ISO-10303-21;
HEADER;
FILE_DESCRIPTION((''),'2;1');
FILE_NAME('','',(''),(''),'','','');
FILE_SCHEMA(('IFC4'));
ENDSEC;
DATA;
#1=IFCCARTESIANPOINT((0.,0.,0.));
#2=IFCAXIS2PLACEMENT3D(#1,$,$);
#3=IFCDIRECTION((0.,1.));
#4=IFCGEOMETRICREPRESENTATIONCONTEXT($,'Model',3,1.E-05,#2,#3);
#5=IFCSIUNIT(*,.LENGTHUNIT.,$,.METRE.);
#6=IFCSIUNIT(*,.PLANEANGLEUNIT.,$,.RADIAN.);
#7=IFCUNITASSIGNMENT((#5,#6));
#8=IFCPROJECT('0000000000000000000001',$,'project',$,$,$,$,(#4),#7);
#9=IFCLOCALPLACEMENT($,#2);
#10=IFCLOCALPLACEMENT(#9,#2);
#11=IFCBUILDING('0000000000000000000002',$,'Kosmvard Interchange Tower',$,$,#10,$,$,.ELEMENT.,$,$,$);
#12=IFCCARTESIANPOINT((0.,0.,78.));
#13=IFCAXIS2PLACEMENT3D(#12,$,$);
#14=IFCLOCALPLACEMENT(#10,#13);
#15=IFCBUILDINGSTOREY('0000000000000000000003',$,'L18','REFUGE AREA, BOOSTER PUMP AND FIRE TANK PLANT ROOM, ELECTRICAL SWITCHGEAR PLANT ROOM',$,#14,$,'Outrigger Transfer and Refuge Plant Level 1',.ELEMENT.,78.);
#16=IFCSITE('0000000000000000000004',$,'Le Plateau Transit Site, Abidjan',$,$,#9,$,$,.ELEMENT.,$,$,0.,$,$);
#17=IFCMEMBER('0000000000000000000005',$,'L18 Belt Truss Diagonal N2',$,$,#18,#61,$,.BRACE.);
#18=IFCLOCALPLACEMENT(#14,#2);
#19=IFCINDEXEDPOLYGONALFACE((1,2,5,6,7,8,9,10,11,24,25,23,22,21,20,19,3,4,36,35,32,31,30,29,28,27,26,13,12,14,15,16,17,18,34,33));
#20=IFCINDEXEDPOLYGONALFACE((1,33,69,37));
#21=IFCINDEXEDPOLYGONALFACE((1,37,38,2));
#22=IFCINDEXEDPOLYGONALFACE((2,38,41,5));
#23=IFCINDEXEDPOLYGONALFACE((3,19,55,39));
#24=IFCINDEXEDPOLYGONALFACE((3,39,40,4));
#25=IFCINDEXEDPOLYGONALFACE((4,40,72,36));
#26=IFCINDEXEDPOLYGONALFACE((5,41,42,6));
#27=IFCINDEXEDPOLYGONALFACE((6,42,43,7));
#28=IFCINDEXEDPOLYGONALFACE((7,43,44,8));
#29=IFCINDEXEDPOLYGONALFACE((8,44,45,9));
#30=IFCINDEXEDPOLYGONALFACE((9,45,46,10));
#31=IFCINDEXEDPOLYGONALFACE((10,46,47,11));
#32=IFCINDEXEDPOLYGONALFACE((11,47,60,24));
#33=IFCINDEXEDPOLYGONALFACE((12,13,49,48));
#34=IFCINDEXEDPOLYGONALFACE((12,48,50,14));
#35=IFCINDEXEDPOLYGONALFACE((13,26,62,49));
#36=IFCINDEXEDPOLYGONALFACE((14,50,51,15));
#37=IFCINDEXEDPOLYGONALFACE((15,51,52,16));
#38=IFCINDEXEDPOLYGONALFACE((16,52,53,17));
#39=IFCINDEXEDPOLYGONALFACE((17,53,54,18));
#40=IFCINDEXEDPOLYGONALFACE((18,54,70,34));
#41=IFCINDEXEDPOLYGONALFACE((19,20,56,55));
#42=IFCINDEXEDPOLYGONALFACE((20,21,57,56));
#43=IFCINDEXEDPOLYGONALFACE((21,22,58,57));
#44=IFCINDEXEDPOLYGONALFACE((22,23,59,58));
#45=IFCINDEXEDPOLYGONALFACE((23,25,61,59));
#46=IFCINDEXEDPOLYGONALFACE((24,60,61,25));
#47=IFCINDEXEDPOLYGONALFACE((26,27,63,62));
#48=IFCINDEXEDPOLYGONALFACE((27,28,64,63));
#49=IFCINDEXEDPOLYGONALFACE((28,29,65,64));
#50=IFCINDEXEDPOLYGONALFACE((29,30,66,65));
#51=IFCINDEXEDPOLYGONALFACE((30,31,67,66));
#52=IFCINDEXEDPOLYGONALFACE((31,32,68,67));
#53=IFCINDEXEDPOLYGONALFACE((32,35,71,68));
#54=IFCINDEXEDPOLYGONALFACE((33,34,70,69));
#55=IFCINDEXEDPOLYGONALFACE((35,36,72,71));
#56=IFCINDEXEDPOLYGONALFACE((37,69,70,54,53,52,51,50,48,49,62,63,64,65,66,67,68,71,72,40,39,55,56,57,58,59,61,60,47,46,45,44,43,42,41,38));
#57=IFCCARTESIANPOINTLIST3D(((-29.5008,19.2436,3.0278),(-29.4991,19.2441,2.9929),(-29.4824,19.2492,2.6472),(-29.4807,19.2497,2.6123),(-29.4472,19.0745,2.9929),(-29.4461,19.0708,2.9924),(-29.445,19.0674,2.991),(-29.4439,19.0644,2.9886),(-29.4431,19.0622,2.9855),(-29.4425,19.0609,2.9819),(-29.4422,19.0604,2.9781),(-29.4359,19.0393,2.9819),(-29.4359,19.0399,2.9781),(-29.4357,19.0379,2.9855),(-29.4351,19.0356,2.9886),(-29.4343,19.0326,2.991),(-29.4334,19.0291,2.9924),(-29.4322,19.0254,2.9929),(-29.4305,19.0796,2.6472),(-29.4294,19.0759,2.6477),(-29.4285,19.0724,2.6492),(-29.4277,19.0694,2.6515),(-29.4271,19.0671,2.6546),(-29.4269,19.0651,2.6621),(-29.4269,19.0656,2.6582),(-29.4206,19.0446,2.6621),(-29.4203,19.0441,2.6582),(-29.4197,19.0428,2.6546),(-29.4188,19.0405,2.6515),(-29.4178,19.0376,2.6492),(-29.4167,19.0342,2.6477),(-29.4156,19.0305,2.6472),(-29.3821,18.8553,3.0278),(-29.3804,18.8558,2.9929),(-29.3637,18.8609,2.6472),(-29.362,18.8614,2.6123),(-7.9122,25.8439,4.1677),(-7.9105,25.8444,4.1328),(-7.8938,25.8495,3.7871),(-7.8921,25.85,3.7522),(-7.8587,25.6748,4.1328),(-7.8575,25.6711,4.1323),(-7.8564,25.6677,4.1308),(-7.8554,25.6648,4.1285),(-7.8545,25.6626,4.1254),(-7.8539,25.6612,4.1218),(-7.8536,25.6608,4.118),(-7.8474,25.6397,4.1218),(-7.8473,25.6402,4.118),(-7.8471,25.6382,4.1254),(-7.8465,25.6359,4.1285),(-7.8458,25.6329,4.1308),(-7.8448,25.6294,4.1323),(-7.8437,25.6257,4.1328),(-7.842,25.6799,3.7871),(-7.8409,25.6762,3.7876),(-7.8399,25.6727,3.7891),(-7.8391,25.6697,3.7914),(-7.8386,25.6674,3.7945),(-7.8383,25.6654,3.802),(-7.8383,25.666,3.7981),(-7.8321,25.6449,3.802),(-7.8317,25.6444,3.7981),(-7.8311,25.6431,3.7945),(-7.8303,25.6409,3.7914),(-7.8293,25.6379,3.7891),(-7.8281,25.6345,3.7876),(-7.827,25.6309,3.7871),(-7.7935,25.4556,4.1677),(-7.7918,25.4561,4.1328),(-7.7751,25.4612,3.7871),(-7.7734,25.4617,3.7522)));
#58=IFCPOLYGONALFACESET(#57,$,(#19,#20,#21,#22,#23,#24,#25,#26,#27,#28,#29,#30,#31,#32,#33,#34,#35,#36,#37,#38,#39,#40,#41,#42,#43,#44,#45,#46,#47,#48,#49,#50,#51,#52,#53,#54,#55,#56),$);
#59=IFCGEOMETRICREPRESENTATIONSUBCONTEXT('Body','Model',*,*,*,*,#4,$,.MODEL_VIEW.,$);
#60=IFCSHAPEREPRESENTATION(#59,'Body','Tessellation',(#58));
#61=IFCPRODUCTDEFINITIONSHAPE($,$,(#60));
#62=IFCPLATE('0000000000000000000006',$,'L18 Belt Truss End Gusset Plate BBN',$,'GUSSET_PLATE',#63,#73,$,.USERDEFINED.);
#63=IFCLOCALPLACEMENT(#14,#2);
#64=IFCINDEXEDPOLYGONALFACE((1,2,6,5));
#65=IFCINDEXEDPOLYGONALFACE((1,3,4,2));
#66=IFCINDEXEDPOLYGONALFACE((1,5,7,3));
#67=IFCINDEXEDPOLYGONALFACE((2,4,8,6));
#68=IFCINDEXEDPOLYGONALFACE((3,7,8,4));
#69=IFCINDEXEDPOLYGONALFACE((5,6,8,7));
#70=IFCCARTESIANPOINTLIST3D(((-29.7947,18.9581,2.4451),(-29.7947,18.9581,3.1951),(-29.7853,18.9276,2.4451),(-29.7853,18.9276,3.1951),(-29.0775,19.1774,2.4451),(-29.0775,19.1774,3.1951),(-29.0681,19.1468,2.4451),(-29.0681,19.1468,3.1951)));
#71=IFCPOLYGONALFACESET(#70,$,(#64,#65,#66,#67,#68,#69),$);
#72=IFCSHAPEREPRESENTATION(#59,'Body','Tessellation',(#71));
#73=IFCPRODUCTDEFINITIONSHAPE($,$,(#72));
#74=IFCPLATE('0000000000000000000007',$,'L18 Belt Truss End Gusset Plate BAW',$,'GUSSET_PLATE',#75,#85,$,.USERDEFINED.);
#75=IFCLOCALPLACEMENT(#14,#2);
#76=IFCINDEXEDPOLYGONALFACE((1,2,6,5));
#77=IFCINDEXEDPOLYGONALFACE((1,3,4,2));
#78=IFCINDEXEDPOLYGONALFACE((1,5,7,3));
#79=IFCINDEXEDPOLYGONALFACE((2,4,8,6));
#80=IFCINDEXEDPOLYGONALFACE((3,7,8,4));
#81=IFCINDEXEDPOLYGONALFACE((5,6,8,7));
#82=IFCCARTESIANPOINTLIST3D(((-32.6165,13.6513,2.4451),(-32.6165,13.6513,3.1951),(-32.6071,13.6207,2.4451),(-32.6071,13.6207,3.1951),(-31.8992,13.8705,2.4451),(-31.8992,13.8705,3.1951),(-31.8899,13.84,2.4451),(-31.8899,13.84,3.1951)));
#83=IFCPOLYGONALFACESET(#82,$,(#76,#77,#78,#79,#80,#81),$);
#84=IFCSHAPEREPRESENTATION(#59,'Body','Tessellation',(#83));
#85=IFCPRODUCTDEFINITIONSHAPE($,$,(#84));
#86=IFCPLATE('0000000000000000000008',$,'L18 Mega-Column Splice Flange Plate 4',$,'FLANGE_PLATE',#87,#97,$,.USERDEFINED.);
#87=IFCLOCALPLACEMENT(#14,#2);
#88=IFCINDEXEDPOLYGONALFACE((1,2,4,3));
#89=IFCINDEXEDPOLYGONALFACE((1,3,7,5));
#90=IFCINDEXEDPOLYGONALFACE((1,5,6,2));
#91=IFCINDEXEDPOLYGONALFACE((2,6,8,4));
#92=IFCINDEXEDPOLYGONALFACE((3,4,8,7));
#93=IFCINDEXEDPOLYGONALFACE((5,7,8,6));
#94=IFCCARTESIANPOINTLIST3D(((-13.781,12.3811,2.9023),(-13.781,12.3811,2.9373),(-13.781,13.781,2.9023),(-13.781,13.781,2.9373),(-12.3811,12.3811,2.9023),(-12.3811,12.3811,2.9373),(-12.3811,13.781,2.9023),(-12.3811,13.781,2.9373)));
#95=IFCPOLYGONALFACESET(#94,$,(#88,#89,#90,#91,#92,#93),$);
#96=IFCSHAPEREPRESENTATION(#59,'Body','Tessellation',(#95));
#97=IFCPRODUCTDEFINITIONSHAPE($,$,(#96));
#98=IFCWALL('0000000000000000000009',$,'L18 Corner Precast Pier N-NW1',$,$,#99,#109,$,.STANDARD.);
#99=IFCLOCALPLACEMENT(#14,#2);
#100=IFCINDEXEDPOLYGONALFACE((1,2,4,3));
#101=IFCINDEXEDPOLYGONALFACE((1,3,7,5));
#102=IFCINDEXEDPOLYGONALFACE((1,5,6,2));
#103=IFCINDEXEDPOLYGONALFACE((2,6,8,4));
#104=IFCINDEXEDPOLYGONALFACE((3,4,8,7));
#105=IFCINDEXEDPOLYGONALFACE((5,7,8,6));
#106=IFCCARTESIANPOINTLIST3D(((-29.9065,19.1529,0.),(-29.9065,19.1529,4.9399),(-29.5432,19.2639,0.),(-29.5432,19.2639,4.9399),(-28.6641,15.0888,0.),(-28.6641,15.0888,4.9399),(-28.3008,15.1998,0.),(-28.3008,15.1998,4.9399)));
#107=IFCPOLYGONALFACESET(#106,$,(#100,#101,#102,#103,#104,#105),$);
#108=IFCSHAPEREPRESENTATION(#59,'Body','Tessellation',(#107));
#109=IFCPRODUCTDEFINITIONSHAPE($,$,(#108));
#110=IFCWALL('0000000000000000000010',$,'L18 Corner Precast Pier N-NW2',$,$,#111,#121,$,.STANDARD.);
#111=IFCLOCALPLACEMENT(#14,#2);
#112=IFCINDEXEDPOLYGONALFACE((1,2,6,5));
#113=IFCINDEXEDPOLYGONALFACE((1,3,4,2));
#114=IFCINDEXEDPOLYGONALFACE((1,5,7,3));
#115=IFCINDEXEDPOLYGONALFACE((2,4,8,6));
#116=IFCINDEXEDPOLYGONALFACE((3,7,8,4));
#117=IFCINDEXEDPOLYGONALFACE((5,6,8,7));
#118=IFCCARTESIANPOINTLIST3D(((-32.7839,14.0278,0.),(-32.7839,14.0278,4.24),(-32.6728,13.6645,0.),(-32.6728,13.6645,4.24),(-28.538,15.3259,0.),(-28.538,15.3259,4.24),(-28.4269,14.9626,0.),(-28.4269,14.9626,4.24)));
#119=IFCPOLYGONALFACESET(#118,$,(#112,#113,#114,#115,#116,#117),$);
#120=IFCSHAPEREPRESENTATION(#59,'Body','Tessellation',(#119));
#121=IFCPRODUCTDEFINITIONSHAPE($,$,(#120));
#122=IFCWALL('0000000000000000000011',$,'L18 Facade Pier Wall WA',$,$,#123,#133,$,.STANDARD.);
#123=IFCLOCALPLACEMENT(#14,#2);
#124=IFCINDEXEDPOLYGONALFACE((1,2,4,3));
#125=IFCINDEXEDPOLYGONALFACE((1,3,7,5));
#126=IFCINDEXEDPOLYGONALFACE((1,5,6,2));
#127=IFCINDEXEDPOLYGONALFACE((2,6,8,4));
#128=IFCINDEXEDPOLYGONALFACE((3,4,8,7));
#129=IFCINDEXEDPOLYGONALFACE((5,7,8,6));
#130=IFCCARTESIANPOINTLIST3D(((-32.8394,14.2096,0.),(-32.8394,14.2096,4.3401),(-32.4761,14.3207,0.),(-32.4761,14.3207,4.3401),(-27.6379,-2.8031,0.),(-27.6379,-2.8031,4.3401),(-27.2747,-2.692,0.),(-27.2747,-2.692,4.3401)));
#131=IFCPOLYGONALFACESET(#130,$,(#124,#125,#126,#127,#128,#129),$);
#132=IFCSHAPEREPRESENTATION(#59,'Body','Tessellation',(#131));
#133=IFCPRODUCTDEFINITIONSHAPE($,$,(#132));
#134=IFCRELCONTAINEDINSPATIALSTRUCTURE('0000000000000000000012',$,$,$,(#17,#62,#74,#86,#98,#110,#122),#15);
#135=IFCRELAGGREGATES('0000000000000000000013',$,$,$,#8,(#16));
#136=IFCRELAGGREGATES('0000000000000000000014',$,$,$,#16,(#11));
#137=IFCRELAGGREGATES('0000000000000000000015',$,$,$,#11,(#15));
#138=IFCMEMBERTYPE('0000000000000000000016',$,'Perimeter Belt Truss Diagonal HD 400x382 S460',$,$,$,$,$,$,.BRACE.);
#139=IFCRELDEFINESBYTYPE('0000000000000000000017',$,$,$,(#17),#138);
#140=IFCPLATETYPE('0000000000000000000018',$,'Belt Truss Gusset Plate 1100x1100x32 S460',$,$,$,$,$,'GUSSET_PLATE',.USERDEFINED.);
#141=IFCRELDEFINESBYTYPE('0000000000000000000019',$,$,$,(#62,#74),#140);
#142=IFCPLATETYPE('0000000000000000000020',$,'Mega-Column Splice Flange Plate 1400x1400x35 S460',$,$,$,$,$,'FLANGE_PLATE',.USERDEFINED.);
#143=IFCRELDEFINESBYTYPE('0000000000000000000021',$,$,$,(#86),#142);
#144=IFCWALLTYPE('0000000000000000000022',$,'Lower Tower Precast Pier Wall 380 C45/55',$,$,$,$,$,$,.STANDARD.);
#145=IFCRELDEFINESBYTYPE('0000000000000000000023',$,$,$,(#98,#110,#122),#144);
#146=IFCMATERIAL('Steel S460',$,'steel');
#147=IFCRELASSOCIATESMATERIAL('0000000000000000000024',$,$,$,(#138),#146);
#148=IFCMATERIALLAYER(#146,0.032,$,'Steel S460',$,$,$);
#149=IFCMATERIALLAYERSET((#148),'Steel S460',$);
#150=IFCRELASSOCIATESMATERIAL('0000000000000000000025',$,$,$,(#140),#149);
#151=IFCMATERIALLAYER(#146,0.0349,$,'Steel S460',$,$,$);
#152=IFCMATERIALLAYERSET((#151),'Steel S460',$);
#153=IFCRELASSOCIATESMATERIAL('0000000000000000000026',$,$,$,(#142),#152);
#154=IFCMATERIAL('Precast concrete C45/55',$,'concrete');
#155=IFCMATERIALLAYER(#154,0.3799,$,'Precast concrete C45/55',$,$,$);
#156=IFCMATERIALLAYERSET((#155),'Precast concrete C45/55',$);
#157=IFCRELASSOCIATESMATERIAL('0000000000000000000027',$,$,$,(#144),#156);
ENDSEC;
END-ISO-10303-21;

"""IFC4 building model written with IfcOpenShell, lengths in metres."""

from ifc_helpers import new_model, si_unit, direction, frame, frame_2d, origin, origin_2d, place, context, subcontext, project, spatial, rectangle, i_section, extrude, source, transform, mapped, material, layer, layer_set, material_profile, profile_set, type_object, element, save


model = new_model("IFC4")

# Units and contexts
model_context = context("Model", 3, precision=1e-05, world=origin(), true_north=direction((0.0, 1.0)))
body_context = subcontext(model_context, "Body", "Model", "MODEL_VIEW")
ifc_project = project(units=[si_unit("LENGTHUNIT", "METRE"), si_unit("PLANEANGLEUNIT", "RADIAN")], contexts=[model_context])

# Site, building, storey
site_placement = place(None, origin())
site = spatial("IfcSite", under=ifc_project, at=site_placement, Name="Le Plateau Transit Site, Abidjan", CompositionType="ELEMENT", RefElevation=0.0)
building_placement = place(site_placement, origin())
building = spatial("IfcBuilding", under=site, at=building_placement, Name="Kosmvard Interchange Tower", CompositionType="ELEMENT")
storey_placement = place(building_placement, frame((0.0, 0.0, 78.0)))
storey = spatial("IfcBuildingStorey", under=building, at=storey_placement, Name="L18", Description="REFUGE AREA, BOOSTER PUMP AND FIRE TANK PLANT ROOM, ELECTRICAL SWITCHGEAR PLANT ROOM", LongName="Outrigger Transfer and Refuge Plant Level 1", CompositionType="ELEMENT", Elevation=78.0)

# Member
ifc_material_1 = material(Name="Steel S460", Category="steel")
ifc_material_profile_1 = material_profile(ifc_material_1, i_section(OverallWidth=0.406, OverallDepth=0.416, WebThickness=0.0215, FlangeThickness=0.0349, FilletRadius=0.0149, at=origin_2d()), Name="HD 400x382")
ifc_profile_set_1 = profile_set([ifc_material_profile_1], Name="Steel S460")
member_type_1 = type_object("IfcMemberType", Name="Perimeter Belt Truss Diagonal HD 400x382 S460", PredefinedType="BRACE", material=ifc_profile_set_1)
shared_shape_1 = source(origin(), body_context, "Body", "SweptSolid", [
    extrude(i_section(OverallWidth=0.406, OverallDepth=0.416, WebThickness=0.0215, FlangeThickness=0.0349, FilletRadius=0.0149, at=origin_2d()), origin(), (0.0, 0.0, 1.0), 22.6038),
])
member_1_placement = place(storey_placement, frame((-29.4314, 19.0525, 2.8201), z_axis=(0.955088, 0.292001, 0.050429), x_axis=(-0.292373, 0.956304, 0.0)))
element("IfcMember", 1, at=member_1_placement, inside=storey, type_object=member_type_1, Name="L18 Belt Truss Diagonal N2", PredefinedType="BRACE", context=body_context, shape_type="MappedRepresentation", body=[
    mapped(shared_shape_1, transform((0.0, 0.0, 0.0), scale=1.0)),
])

# Plates
ifc_layer_1 = layer(ifc_material_1, 0.032, Name="Steel S460")
ifc_layer_set_1 = layer_set([ifc_layer_1], Name="Steel S460")
plate_type_1 = type_object("IfcPlateType", Name="Belt Truss Gusset Plate 1100x1100x32 S460", ElementType="GUSSET_PLATE", PredefinedType="USERDEFINED", material=ifc_layer_set_1)
shared_shape_2 = source(origin(), body_context, "Body", "SweptSolid", [
    extrude(rectangle(XDim=0.75, YDim=0.032, at=origin_2d()), origin(), (0.0, 0.0, 1.0), 0.75),
])
for number, where, z_axis, x_axis, name in (
    (2, (-29.4314, 19.0525, 2.4451), (0.0, 0.0, 1.0), (0.956305, 0.292372, 0.0), "L18 Belt Truss End Gusset Plate BBN"),
    (3, (-32.2532, 13.7456, 2.4451), (0.0, 0.0, 1.0), (0.956305, 0.292372, 0.0), "L18 Belt Truss End Gusset Plate BAW"),
):
    element("IfcPlate", number, at=place(storey_placement, frame(where, z_axis=z_axis, x_axis=x_axis)), inside=storey, type_object=plate_type_1, Name=name, ObjectType="GUSSET_PLATE", PredefinedType="USERDEFINED", context=body_context, shape_type="MappedRepresentation", body=[
        mapped(shared_shape_2, transform((0.0, 0.0, 0.0), scale=1.0)),
    ])
ifc_layer_2 = layer(ifc_material_1, 0.0349, Name="Steel S460")
ifc_layer_set_2 = layer_set([ifc_layer_2], Name="Steel S460")
plate_type_2 = type_object("IfcPlateType", Name="Mega-Column Splice Flange Plate 1400x1400x35 S460", ElementType="FLANGE_PLATE", PredefinedType="USERDEFINED", material=ifc_layer_set_2)
shared_shape_3 = source(origin(), body_context, "Body", "SweptSolid", [
    extrude(rectangle(XDim=1.3999, YDim=1.3999, at=origin_2d()), origin(), (0.0, 0.0, 1.0), 0.0349),
])
plate_placement = place(storey_placement, frame((-13.0811, 13.0811, 2.9023), z_axis=(0.0, 0.0, 1.0), x_axis=(1.0, 0.0, 0.0)))
element("IfcPlate", 4, at=plate_placement, inside=storey, type_object=plate_type_2, Name="L18 Mega-Column Splice Flange Plate 4", ObjectType="FLANGE_PLATE", PredefinedType="USERDEFINED", context=body_context, shape_type="MappedRepresentation", body=[
    mapped(shared_shape_3, transform((0.0, 0.0, 0.0), scale=1.0)),
])

# Walls
ifc_material_2 = material(Name="Precast concrete C45/55", Category="concrete")
ifc_layer_3 = layer(ifc_material_2, 0.3799, Name="Precast concrete C45/55")
ifc_layer_set_3 = layer_set([ifc_layer_3], Name="Precast concrete C45/55")
wall_type = type_object("IfcWallType", Name="Lower Tower Precast Pier Wall 380 C45/55", PredefinedType="STANDARD", material=ifc_layer_set_3)
wall_1_placement = place(storey_placement, frame((-29.7249, 19.2085, 0.0), z_axis=(0.0, 0.0, 1.0), x_axis=(0.292346, -0.956313, 0.0)))
element("IfcWall", 5, at=wall_1_placement, inside=storey, type_object=wall_type, Name="L18 Corner Precast Pier N-NW1", PredefinedType="STANDARD", context=body_context, shape_type="SweptSolid", body=[
    extrude(rectangle(XDim=4.2498, YDim=0.3799, at=frame_2d((2.125, 0.0))), origin(), (0.0, 0.0, 1.0), 4.9399),
])
wall_2_placement = place(storey_placement, frame((-28.4824, 15.1443, 0.0), z_axis=(0.0, 0.0, 1.0), x_axis=(-0.956304, -0.292374, 0.0)))
element("IfcWall", 6, at=wall_2_placement, inside=storey, type_object=wall_type, Name="L18 Corner Precast Pier N-NW2", PredefinedType="STANDARD", context=body_context, shape_type="SweptSolid", body=[
    extrude(rectangle(XDim=4.4399, YDim=0.3799, at=frame_2d((2.22, 0.0))), origin(), (0.0, 0.0, 1.0), 4.24),
])
wall_3_placement = place(storey_placement, frame((-32.6577, 14.2651, 0.0), z_axis=(0.0, 0.0, 1.0), x_axis=(0.292378, -0.956303, 0.0)))
element("IfcWall", 7, at=wall_3_placement, inside=storey, type_object=wall_type, Name="L18 Facade Pier Wall WA", PredefinedType="STANDARD", context=body_context, shape_type="SweptSolid", body=[
    extrude(rectangle(XDim=17.79, YDim=0.3799, at=frame_2d((8.895, 0.0))), origin(), (0.0, 0.0, 1.0), 4.3401),
])

save(model, "model.ifc")
